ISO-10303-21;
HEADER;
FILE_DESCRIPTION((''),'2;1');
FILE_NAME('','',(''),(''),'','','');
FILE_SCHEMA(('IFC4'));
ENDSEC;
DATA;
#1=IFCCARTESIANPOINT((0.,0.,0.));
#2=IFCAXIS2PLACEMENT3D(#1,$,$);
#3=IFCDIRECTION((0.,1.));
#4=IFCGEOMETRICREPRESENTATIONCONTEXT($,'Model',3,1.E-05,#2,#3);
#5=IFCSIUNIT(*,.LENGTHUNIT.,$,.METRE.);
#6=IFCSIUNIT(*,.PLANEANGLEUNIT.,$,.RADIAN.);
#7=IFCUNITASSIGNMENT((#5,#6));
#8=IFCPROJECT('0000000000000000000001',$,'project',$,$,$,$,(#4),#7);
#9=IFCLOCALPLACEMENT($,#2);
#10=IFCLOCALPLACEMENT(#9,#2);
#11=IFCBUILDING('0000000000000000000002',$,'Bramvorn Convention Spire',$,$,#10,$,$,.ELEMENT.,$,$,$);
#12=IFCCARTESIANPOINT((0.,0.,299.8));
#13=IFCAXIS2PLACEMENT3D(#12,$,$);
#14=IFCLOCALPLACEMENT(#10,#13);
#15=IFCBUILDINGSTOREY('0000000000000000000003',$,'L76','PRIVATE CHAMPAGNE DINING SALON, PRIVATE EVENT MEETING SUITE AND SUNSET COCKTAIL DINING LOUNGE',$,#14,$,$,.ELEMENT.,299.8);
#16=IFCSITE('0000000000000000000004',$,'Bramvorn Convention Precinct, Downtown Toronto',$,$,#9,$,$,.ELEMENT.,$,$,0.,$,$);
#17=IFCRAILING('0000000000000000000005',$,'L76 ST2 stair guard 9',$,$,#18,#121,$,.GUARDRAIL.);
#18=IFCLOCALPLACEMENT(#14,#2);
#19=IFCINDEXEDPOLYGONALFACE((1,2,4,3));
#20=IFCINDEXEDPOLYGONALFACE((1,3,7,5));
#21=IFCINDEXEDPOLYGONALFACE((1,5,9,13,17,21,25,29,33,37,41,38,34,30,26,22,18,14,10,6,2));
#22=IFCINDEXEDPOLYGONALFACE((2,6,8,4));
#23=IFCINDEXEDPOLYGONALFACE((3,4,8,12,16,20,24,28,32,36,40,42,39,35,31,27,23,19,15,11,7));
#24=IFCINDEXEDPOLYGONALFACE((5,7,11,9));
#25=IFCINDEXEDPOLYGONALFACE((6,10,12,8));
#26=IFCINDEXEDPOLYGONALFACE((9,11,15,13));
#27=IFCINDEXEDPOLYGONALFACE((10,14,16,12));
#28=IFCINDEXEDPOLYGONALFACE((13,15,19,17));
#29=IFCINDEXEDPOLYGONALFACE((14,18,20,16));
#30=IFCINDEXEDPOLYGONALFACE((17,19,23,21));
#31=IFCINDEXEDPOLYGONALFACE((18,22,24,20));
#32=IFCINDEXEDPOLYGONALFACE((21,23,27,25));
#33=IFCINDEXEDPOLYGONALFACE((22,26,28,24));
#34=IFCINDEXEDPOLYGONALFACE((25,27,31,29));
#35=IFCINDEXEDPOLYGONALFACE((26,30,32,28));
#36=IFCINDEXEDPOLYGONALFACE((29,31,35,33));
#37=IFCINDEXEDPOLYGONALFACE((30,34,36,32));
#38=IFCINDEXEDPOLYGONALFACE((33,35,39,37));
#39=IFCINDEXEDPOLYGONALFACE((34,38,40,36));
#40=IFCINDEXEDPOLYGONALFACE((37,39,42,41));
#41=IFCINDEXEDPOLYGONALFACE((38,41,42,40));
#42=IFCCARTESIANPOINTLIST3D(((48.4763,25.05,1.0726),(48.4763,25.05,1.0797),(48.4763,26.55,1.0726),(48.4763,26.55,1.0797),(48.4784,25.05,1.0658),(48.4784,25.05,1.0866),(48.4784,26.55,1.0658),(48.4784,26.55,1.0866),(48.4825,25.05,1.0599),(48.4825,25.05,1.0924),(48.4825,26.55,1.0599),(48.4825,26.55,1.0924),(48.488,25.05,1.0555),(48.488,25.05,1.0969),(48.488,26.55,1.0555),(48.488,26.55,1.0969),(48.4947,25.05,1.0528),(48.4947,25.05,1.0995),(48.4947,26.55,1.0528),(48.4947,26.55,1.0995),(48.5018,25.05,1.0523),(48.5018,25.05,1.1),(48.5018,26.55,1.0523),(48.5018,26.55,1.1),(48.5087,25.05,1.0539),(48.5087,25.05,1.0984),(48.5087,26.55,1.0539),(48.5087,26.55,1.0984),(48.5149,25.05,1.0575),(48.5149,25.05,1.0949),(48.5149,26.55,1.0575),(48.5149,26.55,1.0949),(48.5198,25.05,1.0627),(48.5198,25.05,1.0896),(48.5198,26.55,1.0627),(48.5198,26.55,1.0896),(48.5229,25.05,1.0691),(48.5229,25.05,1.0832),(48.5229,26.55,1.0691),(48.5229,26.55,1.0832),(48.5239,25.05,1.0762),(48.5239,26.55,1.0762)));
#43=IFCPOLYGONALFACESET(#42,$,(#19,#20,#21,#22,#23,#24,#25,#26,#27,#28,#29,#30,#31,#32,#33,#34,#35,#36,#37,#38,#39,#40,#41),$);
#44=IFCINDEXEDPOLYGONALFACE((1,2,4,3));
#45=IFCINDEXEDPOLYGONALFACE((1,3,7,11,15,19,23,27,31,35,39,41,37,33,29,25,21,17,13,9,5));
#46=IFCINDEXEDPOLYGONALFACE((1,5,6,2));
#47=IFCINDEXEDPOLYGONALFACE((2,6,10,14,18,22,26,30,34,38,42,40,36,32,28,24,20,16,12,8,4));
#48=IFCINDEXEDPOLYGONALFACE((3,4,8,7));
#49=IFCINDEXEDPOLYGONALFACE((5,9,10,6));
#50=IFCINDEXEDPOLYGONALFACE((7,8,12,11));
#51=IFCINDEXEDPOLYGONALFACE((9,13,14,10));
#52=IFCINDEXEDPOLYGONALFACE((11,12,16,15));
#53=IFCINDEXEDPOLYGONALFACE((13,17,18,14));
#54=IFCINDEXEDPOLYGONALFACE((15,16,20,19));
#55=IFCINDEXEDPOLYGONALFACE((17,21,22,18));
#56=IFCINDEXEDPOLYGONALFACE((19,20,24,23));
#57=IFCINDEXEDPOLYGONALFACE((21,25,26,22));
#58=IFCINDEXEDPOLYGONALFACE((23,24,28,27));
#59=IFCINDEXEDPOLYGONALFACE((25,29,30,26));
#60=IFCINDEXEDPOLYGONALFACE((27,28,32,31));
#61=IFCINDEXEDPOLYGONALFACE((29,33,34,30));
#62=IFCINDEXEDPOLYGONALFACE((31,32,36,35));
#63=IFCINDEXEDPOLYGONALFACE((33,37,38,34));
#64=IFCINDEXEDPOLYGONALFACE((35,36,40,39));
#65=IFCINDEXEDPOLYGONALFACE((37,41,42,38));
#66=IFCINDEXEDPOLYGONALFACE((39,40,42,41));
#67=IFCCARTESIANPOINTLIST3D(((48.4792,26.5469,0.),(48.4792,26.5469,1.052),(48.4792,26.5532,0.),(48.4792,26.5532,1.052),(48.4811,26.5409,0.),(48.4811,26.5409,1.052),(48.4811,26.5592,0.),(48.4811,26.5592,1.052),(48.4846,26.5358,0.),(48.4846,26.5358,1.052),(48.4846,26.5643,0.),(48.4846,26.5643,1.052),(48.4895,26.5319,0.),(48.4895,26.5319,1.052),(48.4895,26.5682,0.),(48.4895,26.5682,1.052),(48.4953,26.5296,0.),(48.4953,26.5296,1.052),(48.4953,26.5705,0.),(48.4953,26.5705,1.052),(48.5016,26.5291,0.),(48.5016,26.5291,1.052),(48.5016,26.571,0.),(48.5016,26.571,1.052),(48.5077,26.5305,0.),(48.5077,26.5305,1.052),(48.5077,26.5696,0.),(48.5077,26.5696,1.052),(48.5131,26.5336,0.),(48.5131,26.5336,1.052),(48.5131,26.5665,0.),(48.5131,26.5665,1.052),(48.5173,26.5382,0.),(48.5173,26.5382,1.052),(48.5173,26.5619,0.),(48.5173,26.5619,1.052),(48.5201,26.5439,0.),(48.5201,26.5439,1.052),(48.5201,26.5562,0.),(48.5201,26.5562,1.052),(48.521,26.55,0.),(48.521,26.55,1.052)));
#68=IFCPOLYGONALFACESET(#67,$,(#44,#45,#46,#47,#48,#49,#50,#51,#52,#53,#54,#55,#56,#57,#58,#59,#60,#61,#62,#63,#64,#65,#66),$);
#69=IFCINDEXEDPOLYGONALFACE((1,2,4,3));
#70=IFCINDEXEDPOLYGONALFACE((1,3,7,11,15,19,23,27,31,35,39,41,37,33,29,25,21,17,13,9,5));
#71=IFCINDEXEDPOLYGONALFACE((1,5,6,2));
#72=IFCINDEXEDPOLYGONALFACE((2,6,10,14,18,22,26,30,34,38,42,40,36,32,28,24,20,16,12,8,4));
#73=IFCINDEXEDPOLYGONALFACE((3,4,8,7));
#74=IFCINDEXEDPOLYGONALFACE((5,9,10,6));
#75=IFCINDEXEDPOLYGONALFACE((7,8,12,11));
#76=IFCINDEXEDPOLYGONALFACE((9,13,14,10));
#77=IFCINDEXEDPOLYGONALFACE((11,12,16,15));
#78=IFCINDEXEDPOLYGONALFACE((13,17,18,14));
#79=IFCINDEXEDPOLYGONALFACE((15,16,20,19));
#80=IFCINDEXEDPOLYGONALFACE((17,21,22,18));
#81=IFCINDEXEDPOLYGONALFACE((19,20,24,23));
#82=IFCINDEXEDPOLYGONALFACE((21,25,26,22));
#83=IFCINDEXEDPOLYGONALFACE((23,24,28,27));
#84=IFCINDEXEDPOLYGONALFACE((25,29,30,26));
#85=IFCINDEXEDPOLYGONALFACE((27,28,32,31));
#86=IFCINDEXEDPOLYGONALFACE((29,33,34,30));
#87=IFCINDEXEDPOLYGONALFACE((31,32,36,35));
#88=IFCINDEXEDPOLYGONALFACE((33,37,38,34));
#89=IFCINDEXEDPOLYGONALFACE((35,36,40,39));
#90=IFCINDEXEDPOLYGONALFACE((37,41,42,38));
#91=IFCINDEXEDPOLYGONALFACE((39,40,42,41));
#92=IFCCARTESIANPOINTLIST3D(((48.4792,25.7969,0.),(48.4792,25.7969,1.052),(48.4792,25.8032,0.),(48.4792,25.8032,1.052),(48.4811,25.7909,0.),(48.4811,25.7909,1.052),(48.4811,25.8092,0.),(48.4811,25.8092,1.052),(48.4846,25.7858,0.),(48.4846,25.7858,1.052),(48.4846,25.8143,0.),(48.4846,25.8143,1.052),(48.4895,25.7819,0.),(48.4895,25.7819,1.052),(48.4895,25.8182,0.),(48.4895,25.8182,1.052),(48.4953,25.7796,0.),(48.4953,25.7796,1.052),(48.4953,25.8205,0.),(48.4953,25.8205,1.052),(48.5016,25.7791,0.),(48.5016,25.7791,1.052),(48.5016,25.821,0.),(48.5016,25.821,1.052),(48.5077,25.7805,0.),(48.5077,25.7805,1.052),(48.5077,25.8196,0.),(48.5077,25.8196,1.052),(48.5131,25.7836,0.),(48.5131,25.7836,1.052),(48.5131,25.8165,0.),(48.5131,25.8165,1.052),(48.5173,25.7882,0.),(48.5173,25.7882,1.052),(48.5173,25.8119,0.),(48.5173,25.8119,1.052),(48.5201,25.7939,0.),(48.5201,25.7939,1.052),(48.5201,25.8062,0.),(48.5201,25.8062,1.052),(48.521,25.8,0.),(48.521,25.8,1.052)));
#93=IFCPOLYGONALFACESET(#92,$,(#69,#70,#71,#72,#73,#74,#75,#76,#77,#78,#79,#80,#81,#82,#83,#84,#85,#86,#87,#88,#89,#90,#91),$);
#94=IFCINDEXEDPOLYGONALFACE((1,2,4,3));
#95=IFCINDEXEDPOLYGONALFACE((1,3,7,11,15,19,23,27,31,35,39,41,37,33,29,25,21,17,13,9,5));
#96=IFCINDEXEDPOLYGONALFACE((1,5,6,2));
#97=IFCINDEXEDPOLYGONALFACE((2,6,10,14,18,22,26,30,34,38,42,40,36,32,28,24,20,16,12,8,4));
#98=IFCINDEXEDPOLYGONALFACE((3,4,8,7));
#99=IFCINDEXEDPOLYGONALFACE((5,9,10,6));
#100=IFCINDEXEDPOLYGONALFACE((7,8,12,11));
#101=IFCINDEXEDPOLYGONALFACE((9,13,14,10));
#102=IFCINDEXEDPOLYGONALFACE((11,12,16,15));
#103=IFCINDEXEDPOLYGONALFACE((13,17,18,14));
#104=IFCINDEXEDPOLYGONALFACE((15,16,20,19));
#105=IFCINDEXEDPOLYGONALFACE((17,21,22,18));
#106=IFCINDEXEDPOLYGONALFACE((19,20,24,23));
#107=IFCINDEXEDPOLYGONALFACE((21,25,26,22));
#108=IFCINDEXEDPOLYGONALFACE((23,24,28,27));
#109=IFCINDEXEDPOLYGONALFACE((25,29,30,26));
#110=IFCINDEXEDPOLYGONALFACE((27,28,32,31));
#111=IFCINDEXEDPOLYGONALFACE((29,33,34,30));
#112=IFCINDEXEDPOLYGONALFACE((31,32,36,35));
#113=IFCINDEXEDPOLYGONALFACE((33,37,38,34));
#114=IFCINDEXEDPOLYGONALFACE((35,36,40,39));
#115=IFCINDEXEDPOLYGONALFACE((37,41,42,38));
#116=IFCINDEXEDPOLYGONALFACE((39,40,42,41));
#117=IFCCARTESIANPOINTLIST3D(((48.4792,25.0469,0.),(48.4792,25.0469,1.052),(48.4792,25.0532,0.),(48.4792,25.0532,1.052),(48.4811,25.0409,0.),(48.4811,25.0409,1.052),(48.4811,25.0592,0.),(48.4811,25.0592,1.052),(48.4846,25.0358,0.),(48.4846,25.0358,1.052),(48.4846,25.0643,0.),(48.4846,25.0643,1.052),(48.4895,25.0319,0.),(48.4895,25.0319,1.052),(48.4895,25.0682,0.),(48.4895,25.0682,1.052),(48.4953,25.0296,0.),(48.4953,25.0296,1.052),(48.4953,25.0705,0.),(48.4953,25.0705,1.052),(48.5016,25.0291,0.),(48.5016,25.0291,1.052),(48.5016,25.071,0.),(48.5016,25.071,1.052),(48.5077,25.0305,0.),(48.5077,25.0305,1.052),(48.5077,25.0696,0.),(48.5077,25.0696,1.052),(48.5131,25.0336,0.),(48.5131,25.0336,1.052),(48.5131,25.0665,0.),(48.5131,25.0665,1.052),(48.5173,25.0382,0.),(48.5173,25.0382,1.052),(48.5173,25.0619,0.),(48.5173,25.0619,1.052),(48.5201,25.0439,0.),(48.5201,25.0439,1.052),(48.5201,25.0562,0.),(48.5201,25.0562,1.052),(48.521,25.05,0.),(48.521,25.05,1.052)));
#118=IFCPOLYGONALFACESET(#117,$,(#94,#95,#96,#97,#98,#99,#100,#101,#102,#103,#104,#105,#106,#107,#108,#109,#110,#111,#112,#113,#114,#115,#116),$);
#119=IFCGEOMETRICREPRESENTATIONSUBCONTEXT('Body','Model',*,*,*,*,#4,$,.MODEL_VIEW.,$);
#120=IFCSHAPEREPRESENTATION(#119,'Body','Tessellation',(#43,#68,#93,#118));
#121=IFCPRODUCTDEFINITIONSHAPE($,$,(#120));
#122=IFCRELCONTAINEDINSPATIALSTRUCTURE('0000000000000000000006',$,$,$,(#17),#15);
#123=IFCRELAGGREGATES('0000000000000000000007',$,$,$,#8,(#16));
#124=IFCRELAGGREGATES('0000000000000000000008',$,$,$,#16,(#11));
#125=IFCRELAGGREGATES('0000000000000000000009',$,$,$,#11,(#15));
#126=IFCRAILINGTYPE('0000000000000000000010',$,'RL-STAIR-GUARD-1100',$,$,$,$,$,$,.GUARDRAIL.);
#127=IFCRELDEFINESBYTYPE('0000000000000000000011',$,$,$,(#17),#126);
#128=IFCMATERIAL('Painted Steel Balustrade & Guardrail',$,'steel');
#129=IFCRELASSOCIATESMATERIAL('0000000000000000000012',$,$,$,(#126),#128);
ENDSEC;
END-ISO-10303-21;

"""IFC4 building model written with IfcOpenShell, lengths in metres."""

from ifc_helpers import new_model, si_unit, direction, frame, origin, origin_2d, place, context, subcontext, project, spatial, circle, extrude, material, type_object, element, save


model = new_model("IFC4")

# Units and contexts
model_context = context("Model", 3, precision=1e-05, world=origin(), true_north=direction((0.0, 1.0)))
body_context = subcontext(model_context, "Body", "Model", "MODEL_VIEW")
ifc_project = project(units=[si_unit("LENGTHUNIT", "METRE"), si_unit("PLANEANGLEUNIT", "RADIAN")], contexts=[model_context])

# Site, building, storey
site_placement = place(None, origin())
site = spatial("IfcSite", under=ifc_project, at=site_placement, Name="Bramvorn Convention Precinct, Downtown Toronto", CompositionType="ELEMENT", RefElevation=0.0)
building_placement = place(site_placement, origin())
building = spatial("IfcBuilding", under=site, at=building_placement, Name="Bramvorn Convention Spire", CompositionType="ELEMENT")
storey_placement = place(building_placement, frame((0.0, 0.0, 299.8)))
storey = spatial("IfcBuildingStorey", under=building, at=storey_placement, Name="L76", Description="PRIVATE CHAMPAGNE DINING SALON, PRIVATE EVENT MEETING SUITE AND SUNSET COCKTAIL DINING LOUNGE", CompositionType="ELEMENT", Elevation=299.8)

# Railing
ifc_material_1 = material(Name="Painted Steel Balustrade & Guardrail", Category="steel")
railing_type_1 = type_object("IfcRailingType", Name="RL-STAIR-GUARD-1100", PredefinedType="GUARDRAIL", material=ifc_material_1)
for number, where, name in (
    (1, (48.5, 26.55, 0.0), "L76 ST2 stair guard 9"),
):
    element("IfcRailing", number, at=place(storey_placement, frame(where)), inside=storey, type_object=railing_type_1, Name=name, PredefinedType="GUARDRAIL", context=body_context, shape_type="SweptSolid", body=[
        extrude(circle(Radius=0.0239, at=origin_2d()), frame((0.0, 0.0, 1.0762), z_axis=(0.0, -1.0, 0.0), x_axis=(1.0, 0.0, 0.0)), (0.0, 0.0, 1.0), 1.5),
        extrude(circle(Radius=0.021, at=origin_2d()), origin(), (0.0, 0.0, 1.0), 1.052),
        extrude(circle(Radius=0.021, at=origin_2d()), frame((0.0, -0.75, 0.0)), (0.0, 0.0, 1.0), 1.052),
        extrude(circle(Radius=0.021, at=origin_2d()), frame((0.0, -1.5, 0.0)), (0.0, 0.0, 1.0), 1.052),
    ])

save(model, "model.ifc")
